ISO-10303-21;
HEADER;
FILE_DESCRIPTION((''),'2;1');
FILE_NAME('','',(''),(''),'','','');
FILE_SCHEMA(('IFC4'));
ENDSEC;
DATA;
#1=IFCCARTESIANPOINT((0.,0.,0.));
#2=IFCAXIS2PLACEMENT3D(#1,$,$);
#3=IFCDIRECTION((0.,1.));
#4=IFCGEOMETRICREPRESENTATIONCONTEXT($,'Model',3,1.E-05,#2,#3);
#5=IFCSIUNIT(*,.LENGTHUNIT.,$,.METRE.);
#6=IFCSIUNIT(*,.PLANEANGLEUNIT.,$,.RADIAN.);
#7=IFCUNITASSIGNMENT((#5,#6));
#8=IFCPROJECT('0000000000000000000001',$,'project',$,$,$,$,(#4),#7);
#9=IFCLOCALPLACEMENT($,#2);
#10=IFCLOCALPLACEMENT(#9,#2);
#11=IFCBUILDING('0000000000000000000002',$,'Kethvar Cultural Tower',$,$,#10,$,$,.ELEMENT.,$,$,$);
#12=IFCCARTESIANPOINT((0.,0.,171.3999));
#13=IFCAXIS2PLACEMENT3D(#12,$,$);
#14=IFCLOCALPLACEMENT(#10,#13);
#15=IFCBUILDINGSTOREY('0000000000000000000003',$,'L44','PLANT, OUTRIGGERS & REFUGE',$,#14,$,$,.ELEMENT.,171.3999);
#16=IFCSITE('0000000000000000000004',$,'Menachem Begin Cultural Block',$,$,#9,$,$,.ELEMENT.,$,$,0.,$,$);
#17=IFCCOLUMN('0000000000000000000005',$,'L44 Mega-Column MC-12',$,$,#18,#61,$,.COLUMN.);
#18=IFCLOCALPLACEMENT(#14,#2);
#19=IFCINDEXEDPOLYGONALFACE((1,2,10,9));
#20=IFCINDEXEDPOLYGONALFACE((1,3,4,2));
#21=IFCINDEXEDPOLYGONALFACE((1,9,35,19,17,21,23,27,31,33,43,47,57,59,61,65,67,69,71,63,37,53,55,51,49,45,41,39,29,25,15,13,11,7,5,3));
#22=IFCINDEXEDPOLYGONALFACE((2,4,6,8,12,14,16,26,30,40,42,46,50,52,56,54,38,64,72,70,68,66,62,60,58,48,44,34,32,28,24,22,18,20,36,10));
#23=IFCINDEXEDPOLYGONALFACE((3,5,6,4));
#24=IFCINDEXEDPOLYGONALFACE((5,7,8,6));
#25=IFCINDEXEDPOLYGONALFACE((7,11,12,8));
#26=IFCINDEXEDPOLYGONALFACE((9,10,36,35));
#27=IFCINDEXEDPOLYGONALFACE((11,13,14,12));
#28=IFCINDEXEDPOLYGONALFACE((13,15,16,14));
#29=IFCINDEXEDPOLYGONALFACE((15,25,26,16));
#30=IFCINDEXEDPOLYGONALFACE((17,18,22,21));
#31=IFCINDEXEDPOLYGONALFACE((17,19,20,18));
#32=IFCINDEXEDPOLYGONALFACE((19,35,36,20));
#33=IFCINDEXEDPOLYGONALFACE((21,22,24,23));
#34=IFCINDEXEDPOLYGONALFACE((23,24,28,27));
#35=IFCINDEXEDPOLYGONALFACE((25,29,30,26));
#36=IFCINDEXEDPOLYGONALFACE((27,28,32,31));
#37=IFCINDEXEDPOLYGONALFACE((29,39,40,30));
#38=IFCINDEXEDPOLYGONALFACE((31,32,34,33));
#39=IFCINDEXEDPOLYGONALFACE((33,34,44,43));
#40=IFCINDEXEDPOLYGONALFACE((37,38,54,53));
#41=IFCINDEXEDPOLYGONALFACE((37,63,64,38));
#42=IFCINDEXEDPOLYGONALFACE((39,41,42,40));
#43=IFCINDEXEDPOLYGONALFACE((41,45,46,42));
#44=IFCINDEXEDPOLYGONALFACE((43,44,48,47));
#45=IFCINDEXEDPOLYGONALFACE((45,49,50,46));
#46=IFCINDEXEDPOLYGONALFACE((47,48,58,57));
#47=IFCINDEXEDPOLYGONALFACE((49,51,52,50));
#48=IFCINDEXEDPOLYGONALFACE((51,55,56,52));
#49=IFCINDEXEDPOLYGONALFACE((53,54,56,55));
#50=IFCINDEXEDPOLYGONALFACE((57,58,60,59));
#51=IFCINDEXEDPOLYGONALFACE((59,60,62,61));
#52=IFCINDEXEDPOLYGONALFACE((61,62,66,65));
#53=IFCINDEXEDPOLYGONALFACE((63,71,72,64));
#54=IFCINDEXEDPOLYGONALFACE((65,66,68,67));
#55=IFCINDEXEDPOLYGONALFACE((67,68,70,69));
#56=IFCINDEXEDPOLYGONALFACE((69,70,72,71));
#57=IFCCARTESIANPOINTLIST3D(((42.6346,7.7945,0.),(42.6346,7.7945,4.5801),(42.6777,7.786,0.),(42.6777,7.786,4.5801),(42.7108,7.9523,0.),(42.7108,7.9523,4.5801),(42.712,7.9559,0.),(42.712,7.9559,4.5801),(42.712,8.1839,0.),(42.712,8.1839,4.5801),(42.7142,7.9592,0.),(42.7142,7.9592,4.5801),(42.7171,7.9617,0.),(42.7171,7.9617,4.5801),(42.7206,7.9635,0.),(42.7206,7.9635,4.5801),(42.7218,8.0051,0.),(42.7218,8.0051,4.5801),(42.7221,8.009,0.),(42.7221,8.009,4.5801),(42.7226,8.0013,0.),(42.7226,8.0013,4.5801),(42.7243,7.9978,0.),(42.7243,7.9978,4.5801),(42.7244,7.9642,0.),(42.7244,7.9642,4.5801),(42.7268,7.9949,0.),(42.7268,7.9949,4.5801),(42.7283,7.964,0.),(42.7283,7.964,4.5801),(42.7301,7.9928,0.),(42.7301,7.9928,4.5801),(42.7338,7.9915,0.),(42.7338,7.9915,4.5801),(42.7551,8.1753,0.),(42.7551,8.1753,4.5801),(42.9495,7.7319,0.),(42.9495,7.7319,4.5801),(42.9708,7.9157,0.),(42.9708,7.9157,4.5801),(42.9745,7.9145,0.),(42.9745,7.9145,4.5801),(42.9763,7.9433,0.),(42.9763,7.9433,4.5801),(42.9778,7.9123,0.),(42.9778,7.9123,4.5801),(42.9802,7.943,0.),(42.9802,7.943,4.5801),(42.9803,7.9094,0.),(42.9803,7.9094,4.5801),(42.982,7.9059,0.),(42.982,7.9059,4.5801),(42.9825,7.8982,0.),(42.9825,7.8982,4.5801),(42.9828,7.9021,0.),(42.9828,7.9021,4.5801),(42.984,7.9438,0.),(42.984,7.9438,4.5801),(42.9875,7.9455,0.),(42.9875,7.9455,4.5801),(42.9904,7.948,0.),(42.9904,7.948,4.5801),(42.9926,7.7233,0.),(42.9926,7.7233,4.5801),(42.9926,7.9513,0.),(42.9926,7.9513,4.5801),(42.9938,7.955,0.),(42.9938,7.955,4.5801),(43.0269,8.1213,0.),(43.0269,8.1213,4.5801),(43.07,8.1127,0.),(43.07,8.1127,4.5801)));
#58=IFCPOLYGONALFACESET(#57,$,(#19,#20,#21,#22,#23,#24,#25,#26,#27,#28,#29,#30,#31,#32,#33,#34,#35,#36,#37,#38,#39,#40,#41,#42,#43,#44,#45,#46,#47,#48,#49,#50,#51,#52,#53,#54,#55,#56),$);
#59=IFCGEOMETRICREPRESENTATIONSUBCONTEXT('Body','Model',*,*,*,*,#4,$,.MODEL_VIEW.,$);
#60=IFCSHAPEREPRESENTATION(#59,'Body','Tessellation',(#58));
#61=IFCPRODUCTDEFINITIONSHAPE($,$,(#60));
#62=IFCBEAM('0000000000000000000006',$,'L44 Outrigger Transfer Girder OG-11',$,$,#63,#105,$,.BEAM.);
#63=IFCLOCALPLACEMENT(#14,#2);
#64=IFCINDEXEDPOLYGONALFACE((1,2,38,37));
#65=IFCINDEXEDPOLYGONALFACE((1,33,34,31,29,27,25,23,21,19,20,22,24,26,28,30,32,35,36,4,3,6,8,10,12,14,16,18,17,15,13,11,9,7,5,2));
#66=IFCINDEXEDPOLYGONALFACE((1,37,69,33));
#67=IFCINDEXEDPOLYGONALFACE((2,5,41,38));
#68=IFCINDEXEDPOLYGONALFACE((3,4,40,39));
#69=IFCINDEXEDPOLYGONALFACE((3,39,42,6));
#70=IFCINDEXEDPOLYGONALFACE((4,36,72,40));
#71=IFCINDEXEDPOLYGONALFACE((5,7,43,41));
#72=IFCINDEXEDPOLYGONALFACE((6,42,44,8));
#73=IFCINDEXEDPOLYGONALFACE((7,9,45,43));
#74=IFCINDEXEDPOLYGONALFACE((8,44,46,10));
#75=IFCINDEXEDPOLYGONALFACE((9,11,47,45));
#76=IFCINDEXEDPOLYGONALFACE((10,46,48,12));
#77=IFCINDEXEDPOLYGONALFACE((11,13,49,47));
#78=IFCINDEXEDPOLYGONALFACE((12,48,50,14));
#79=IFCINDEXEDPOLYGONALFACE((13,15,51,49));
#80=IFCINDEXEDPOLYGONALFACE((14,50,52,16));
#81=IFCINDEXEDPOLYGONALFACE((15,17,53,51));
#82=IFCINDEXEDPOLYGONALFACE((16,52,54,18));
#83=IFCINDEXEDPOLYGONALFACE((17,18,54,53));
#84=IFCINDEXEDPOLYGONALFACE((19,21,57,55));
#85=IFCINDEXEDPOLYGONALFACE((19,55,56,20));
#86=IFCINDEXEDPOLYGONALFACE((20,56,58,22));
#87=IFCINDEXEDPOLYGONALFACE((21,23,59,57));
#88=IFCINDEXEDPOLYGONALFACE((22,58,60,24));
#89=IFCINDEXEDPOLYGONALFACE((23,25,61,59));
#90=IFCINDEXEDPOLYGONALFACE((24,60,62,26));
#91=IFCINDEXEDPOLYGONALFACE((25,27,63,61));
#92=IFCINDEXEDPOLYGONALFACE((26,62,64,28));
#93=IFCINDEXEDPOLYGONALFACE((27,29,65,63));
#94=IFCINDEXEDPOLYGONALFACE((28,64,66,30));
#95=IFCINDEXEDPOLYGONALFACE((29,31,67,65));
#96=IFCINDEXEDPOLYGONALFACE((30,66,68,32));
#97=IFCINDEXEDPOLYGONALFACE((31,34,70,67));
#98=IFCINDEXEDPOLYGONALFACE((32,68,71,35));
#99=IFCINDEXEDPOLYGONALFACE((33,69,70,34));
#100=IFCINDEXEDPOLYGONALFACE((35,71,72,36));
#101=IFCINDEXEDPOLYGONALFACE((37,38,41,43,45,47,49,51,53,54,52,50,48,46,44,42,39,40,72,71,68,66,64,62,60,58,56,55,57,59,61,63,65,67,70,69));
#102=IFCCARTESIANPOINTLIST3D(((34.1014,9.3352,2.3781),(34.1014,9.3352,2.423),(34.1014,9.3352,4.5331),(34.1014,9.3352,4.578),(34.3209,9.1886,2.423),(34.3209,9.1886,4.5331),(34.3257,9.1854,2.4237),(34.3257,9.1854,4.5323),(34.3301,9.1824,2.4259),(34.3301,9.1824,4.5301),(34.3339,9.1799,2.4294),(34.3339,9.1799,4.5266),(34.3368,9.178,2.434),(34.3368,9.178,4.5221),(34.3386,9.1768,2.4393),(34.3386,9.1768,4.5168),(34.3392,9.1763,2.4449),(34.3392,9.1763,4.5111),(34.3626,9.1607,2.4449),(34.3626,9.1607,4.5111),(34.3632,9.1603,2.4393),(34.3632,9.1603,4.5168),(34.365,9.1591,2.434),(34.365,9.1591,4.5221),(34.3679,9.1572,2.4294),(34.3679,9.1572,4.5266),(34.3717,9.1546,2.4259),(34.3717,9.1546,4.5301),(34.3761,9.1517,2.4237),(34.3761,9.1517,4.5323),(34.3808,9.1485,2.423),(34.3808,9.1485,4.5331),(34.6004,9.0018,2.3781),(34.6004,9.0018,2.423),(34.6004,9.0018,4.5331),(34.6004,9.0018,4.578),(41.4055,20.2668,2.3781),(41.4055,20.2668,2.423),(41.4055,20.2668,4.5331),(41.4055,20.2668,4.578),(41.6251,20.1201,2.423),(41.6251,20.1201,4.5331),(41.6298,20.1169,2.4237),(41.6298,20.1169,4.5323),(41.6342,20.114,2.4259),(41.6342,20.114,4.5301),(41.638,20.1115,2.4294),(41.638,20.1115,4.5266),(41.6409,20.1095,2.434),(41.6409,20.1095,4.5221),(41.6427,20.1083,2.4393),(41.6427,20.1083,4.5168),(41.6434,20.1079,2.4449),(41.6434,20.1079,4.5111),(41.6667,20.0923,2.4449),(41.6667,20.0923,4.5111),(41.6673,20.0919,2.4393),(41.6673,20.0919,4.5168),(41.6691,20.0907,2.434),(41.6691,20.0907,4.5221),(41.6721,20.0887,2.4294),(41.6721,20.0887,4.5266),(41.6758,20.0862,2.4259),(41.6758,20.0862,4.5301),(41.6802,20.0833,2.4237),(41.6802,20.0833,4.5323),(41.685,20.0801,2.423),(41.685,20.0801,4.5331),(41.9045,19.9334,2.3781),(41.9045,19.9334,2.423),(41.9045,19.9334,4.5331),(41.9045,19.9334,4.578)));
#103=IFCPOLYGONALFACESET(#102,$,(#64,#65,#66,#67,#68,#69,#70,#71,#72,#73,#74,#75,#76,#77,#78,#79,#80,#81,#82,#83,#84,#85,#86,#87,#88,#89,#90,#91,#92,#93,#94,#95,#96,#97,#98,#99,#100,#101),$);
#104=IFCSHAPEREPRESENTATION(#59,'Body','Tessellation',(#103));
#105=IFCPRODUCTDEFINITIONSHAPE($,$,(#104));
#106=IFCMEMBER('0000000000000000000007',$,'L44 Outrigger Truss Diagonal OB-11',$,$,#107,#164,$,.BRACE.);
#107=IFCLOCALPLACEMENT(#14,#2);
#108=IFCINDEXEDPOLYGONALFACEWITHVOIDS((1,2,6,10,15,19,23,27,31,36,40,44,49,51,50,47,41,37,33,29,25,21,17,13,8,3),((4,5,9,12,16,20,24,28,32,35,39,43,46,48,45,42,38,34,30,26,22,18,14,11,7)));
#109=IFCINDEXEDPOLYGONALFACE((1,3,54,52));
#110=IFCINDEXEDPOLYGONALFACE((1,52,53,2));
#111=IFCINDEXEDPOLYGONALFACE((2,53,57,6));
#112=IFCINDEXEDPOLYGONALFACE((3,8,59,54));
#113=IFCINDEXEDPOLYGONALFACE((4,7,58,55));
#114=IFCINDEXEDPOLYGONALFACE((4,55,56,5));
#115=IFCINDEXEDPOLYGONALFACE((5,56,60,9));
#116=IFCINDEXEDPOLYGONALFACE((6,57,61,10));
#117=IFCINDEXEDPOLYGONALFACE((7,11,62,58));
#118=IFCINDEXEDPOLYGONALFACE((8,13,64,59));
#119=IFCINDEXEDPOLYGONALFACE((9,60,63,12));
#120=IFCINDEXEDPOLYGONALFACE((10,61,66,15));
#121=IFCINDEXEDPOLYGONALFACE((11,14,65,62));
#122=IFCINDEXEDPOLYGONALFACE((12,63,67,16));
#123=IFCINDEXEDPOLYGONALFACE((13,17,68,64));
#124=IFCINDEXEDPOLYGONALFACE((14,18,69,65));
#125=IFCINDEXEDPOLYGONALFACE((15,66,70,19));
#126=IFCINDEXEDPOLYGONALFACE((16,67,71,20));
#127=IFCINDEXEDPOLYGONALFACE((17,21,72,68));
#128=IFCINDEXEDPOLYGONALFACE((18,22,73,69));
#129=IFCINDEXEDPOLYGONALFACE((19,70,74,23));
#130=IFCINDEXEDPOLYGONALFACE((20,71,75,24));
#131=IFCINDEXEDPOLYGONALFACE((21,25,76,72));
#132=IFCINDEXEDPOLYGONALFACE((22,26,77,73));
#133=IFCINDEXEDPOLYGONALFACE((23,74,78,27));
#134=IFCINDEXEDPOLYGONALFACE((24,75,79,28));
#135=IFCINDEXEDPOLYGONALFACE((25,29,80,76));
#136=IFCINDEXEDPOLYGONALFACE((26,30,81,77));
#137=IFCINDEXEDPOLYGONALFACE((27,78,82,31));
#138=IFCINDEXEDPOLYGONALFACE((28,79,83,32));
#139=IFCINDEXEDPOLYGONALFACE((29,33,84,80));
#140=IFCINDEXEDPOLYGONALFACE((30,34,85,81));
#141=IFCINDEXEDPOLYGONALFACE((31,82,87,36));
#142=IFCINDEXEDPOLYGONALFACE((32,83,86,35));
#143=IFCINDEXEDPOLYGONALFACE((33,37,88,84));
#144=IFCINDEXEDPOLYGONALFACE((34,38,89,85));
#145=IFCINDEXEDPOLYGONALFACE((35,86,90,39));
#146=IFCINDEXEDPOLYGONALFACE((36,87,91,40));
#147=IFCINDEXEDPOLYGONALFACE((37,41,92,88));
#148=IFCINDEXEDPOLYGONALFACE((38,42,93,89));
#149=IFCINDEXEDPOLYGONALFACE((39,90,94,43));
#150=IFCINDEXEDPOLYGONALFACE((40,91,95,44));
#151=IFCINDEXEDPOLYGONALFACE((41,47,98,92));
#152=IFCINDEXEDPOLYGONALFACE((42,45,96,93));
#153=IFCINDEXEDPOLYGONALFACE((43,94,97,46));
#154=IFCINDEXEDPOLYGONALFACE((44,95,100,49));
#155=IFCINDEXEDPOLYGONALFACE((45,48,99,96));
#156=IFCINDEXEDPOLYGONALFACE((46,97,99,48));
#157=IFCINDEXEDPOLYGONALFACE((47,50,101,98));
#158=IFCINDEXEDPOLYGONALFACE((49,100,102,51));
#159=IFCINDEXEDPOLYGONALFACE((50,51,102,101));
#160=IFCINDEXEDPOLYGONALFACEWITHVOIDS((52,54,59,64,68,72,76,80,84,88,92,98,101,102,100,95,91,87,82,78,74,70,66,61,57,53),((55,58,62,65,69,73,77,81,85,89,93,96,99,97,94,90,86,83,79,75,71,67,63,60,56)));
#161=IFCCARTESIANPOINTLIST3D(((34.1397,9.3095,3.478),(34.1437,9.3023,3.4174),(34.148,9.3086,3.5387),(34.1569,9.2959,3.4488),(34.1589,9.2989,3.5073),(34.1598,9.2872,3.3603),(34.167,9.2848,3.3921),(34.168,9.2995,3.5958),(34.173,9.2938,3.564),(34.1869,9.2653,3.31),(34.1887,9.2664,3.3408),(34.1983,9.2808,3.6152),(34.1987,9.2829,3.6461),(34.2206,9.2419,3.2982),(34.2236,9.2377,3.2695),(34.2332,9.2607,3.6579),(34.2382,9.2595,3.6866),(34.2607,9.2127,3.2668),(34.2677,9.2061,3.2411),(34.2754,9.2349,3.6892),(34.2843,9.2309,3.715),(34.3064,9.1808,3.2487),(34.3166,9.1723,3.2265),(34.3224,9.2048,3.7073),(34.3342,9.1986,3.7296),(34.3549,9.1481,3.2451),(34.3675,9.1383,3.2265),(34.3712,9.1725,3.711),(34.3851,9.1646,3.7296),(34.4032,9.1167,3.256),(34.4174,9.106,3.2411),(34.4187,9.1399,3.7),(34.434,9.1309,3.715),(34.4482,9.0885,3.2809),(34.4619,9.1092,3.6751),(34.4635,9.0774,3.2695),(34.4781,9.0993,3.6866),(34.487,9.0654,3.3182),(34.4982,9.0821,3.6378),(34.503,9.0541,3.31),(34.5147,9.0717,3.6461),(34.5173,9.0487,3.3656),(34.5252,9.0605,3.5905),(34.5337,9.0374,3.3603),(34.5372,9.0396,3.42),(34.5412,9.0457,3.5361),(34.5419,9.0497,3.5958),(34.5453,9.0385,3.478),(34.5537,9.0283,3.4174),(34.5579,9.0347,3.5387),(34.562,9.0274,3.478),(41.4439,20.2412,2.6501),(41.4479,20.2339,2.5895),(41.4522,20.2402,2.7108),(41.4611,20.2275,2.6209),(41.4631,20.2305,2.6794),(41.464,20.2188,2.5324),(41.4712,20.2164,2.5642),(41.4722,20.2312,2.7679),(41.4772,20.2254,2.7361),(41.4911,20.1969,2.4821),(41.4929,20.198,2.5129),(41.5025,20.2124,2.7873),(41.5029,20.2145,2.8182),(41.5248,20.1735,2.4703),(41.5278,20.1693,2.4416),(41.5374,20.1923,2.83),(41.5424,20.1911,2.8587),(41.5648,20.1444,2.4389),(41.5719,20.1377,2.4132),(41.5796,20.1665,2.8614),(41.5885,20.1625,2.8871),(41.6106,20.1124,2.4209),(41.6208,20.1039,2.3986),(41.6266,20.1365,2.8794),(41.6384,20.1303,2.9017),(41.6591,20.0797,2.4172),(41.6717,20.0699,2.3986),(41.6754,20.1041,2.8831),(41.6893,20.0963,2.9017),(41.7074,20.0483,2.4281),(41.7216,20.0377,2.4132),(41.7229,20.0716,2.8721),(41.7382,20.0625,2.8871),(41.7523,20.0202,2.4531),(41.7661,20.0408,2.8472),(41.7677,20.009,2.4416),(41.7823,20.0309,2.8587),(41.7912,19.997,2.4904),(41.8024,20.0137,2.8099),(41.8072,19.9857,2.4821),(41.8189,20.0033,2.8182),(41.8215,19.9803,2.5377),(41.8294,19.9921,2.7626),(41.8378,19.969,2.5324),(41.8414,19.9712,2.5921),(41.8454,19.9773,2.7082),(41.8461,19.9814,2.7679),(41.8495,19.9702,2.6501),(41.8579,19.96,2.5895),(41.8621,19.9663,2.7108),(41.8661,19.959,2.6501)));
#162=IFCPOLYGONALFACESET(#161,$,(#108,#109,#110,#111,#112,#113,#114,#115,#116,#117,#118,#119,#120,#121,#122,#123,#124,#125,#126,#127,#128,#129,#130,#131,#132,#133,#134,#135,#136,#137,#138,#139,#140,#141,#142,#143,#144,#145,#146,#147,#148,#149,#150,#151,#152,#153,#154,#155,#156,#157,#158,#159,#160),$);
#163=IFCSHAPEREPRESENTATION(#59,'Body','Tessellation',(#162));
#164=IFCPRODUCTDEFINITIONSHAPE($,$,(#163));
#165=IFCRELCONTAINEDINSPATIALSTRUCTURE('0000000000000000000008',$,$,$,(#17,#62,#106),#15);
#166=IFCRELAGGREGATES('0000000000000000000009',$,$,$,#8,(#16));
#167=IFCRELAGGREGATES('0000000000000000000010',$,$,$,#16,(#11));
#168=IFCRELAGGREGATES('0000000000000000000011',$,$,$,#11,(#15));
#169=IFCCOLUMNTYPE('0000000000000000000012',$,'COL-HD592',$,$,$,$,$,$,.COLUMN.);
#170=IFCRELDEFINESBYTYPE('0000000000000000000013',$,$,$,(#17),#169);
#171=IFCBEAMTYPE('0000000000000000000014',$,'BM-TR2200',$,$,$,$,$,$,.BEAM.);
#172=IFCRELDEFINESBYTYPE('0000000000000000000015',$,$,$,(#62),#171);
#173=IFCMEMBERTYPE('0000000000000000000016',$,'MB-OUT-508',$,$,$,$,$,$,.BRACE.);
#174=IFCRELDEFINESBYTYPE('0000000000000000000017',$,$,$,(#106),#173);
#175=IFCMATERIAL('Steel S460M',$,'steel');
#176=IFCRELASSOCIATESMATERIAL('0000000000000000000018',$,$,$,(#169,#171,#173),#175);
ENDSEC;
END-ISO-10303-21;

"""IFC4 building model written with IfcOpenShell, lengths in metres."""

from ifc_helpers import new_model, si_unit, direction, frame, origin, origin_2d, place, context, subcontext, project, spatial, hollow_circle, i_section, extrude, source, transform, mapped, material, material_profile, profile_set, type_object, element, save


model = new_model("IFC4")

# Units and contexts
model_context = context("Model", 3, precision=1e-05, world=origin(), true_north=direction((0.0, 1.0)))
body_context = subcontext(model_context, "Body", "Model", "MODEL_VIEW")
ifc_project = project(units=[si_unit("LENGTHUNIT", "METRE"), si_unit("PLANEANGLEUNIT", "RADIAN")], contexts=[model_context])

# Site, building, storey
site_placement = place(None, origin())
site = spatial("IfcSite", under=ifc_project, at=site_placement, Name="Menachem Begin Cultural Block", CompositionType="ELEMENT", RefElevation=0.0)
building_placement = place(site_placement, origin())
building = spatial("IfcBuilding", under=site, at=building_placement, Name="Kethvar Cultural Tower", CompositionType="ELEMENT")
storey_placement = place(building_placement, frame((0.0, 0.0, 171.3999)))
storey = spatial("IfcBuildingStorey", under=building, at=storey_placement, Name="L44", Description="PLANT, OUTRIGGERS & REFUGE", CompositionType="ELEMENT", Elevation=171.3999)

# Column
ifc_material_1 = material(Name="Steel S460M", Category="steel")
ifc_material_profile_1 = material_profile(ifc_material_1, i_section(OverallWidth=0.397, OverallDepth=0.365, WebThickness=0.0281, FlangeThickness=0.0439, FilletRadius=0.0149, at=origin_2d()), Name="Steel S460M — HD400x592")
ifc_profile_set_1 = profile_set([ifc_material_profile_1], Name="Steel S460M — HD400x592")
column_type = type_object("IfcColumnType", Name="COL-HD592", PredefinedType="COLUMN", material=ifc_profile_set_1)
shared_shape_1 = source(origin(), body_context, "Body", "SweptSolid", [
    extrude(i_section(OverallWidth=0.397, OverallDepth=0.365, WebThickness=0.0281, FlangeThickness=0.0439, FilletRadius=0.0149, at=origin_2d()), origin(), (0.0, 0.0, 1.0), 4.5801),
])
column_placement = place(storey_placement, frame((42.8523, 7.9536, 0.0), z_axis=(0.0, 0.0, 1.0), x_axis=(-0.19509, -0.980785, 0.0)))
element("IfcColumn", 1, at=column_placement, inside=storey, type_object=column_type, Name="L44 Mega-Column MC-12", PredefinedType="COLUMN", context=body_context, shape_type="MappedRepresentation", body=[
    mapped(shared_shape_1, transform((0.0, 0.0, 0.0), scale=1.0)),
])

# Beam
ifc_material_profile_2 = material_profile(ifc_material_1, i_section(OverallWidth=0.6001, OverallDepth=2.2, WebThickness=0.0281, FlangeThickness=0.0449, FilletRadius=0.022, at=origin_2d()), Name="Steel S460M — PG2200x600x45x28")
ifc_profile_set_2 = profile_set([ifc_material_profile_2], Name="Steel S460M — PG2200x600x45x28")
beam_type = type_object("IfcBeamType", Name="BM-TR2200", PredefinedType="BEAM", material=ifc_profile_set_2)
shared_shape_2 = source(origin(), body_context, "Body", "SweptSolid", [
    extrude(i_section(OverallWidth=0.6001, OverallDepth=2.2, WebThickness=0.0281, FlangeThickness=0.0449, FilletRadius=0.022, at=origin_2d()), origin(), (0.0, 0.0, 1.0), 13.1472),
])
beam_1_placement = place(storey_placement, frame((41.655, 20.1001, 3.478), z_axis=(-0.555566, -0.831473, 0.0), x_axis=(0.831473, -0.555566, 0.0)))
element("IfcBeam", 2, at=beam_1_placement, inside=storey, type_object=beam_type, Name="L44 Outrigger Transfer Girder OG-11", PredefinedType="BEAM", context=body_context, shape_type="MappedRepresentation", body=[
    mapped(shared_shape_2, transform((0.0, 0.0, 0.0), scale=1.0)),
])

# Member
ifc_material_profile_3 = material_profile(ifc_material_1, hollow_circle(Radius=0.2539, WallThickness=0.02, at=origin_2d()), Name="Steel S460M — CHS508x20")
ifc_profile_set_3 = profile_set([ifc_material_profile_3], Name="Steel S460M — CHS508x20")
member_type_1 = type_object("IfcMemberType", Name="MB-OUT-508", PredefinedType="BRACE", material=ifc_profile_set_3)
shared_shape_3 = source(origin(), body_context, "Body", "SweptSolid", [
    extrude(hollow_circle(Radius=0.2539, WallThickness=0.02, at=origin_2d()), origin(), (0.0, 0.0, 1.0), 13.1733),
])
member_1_placement = place(storey_placement, frame((41.655, 20.1001, 2.6501), z_axis=(-0.554467, -0.829829, 0.062845), x_axis=(0.831473, -0.555566, 0.0)))
element("IfcMember", 3, at=member_1_placement, inside=storey, type_object=member_type_1, Name="L44 Outrigger Truss Diagonal OB-11", PredefinedType="BRACE", context=body_context, shape_type="MappedRepresentation", body=[
    mapped(shared_shape_3, transform((0.0, 0.0, 0.0), scale=1.0)),
])

save(model, "model.ifc")
